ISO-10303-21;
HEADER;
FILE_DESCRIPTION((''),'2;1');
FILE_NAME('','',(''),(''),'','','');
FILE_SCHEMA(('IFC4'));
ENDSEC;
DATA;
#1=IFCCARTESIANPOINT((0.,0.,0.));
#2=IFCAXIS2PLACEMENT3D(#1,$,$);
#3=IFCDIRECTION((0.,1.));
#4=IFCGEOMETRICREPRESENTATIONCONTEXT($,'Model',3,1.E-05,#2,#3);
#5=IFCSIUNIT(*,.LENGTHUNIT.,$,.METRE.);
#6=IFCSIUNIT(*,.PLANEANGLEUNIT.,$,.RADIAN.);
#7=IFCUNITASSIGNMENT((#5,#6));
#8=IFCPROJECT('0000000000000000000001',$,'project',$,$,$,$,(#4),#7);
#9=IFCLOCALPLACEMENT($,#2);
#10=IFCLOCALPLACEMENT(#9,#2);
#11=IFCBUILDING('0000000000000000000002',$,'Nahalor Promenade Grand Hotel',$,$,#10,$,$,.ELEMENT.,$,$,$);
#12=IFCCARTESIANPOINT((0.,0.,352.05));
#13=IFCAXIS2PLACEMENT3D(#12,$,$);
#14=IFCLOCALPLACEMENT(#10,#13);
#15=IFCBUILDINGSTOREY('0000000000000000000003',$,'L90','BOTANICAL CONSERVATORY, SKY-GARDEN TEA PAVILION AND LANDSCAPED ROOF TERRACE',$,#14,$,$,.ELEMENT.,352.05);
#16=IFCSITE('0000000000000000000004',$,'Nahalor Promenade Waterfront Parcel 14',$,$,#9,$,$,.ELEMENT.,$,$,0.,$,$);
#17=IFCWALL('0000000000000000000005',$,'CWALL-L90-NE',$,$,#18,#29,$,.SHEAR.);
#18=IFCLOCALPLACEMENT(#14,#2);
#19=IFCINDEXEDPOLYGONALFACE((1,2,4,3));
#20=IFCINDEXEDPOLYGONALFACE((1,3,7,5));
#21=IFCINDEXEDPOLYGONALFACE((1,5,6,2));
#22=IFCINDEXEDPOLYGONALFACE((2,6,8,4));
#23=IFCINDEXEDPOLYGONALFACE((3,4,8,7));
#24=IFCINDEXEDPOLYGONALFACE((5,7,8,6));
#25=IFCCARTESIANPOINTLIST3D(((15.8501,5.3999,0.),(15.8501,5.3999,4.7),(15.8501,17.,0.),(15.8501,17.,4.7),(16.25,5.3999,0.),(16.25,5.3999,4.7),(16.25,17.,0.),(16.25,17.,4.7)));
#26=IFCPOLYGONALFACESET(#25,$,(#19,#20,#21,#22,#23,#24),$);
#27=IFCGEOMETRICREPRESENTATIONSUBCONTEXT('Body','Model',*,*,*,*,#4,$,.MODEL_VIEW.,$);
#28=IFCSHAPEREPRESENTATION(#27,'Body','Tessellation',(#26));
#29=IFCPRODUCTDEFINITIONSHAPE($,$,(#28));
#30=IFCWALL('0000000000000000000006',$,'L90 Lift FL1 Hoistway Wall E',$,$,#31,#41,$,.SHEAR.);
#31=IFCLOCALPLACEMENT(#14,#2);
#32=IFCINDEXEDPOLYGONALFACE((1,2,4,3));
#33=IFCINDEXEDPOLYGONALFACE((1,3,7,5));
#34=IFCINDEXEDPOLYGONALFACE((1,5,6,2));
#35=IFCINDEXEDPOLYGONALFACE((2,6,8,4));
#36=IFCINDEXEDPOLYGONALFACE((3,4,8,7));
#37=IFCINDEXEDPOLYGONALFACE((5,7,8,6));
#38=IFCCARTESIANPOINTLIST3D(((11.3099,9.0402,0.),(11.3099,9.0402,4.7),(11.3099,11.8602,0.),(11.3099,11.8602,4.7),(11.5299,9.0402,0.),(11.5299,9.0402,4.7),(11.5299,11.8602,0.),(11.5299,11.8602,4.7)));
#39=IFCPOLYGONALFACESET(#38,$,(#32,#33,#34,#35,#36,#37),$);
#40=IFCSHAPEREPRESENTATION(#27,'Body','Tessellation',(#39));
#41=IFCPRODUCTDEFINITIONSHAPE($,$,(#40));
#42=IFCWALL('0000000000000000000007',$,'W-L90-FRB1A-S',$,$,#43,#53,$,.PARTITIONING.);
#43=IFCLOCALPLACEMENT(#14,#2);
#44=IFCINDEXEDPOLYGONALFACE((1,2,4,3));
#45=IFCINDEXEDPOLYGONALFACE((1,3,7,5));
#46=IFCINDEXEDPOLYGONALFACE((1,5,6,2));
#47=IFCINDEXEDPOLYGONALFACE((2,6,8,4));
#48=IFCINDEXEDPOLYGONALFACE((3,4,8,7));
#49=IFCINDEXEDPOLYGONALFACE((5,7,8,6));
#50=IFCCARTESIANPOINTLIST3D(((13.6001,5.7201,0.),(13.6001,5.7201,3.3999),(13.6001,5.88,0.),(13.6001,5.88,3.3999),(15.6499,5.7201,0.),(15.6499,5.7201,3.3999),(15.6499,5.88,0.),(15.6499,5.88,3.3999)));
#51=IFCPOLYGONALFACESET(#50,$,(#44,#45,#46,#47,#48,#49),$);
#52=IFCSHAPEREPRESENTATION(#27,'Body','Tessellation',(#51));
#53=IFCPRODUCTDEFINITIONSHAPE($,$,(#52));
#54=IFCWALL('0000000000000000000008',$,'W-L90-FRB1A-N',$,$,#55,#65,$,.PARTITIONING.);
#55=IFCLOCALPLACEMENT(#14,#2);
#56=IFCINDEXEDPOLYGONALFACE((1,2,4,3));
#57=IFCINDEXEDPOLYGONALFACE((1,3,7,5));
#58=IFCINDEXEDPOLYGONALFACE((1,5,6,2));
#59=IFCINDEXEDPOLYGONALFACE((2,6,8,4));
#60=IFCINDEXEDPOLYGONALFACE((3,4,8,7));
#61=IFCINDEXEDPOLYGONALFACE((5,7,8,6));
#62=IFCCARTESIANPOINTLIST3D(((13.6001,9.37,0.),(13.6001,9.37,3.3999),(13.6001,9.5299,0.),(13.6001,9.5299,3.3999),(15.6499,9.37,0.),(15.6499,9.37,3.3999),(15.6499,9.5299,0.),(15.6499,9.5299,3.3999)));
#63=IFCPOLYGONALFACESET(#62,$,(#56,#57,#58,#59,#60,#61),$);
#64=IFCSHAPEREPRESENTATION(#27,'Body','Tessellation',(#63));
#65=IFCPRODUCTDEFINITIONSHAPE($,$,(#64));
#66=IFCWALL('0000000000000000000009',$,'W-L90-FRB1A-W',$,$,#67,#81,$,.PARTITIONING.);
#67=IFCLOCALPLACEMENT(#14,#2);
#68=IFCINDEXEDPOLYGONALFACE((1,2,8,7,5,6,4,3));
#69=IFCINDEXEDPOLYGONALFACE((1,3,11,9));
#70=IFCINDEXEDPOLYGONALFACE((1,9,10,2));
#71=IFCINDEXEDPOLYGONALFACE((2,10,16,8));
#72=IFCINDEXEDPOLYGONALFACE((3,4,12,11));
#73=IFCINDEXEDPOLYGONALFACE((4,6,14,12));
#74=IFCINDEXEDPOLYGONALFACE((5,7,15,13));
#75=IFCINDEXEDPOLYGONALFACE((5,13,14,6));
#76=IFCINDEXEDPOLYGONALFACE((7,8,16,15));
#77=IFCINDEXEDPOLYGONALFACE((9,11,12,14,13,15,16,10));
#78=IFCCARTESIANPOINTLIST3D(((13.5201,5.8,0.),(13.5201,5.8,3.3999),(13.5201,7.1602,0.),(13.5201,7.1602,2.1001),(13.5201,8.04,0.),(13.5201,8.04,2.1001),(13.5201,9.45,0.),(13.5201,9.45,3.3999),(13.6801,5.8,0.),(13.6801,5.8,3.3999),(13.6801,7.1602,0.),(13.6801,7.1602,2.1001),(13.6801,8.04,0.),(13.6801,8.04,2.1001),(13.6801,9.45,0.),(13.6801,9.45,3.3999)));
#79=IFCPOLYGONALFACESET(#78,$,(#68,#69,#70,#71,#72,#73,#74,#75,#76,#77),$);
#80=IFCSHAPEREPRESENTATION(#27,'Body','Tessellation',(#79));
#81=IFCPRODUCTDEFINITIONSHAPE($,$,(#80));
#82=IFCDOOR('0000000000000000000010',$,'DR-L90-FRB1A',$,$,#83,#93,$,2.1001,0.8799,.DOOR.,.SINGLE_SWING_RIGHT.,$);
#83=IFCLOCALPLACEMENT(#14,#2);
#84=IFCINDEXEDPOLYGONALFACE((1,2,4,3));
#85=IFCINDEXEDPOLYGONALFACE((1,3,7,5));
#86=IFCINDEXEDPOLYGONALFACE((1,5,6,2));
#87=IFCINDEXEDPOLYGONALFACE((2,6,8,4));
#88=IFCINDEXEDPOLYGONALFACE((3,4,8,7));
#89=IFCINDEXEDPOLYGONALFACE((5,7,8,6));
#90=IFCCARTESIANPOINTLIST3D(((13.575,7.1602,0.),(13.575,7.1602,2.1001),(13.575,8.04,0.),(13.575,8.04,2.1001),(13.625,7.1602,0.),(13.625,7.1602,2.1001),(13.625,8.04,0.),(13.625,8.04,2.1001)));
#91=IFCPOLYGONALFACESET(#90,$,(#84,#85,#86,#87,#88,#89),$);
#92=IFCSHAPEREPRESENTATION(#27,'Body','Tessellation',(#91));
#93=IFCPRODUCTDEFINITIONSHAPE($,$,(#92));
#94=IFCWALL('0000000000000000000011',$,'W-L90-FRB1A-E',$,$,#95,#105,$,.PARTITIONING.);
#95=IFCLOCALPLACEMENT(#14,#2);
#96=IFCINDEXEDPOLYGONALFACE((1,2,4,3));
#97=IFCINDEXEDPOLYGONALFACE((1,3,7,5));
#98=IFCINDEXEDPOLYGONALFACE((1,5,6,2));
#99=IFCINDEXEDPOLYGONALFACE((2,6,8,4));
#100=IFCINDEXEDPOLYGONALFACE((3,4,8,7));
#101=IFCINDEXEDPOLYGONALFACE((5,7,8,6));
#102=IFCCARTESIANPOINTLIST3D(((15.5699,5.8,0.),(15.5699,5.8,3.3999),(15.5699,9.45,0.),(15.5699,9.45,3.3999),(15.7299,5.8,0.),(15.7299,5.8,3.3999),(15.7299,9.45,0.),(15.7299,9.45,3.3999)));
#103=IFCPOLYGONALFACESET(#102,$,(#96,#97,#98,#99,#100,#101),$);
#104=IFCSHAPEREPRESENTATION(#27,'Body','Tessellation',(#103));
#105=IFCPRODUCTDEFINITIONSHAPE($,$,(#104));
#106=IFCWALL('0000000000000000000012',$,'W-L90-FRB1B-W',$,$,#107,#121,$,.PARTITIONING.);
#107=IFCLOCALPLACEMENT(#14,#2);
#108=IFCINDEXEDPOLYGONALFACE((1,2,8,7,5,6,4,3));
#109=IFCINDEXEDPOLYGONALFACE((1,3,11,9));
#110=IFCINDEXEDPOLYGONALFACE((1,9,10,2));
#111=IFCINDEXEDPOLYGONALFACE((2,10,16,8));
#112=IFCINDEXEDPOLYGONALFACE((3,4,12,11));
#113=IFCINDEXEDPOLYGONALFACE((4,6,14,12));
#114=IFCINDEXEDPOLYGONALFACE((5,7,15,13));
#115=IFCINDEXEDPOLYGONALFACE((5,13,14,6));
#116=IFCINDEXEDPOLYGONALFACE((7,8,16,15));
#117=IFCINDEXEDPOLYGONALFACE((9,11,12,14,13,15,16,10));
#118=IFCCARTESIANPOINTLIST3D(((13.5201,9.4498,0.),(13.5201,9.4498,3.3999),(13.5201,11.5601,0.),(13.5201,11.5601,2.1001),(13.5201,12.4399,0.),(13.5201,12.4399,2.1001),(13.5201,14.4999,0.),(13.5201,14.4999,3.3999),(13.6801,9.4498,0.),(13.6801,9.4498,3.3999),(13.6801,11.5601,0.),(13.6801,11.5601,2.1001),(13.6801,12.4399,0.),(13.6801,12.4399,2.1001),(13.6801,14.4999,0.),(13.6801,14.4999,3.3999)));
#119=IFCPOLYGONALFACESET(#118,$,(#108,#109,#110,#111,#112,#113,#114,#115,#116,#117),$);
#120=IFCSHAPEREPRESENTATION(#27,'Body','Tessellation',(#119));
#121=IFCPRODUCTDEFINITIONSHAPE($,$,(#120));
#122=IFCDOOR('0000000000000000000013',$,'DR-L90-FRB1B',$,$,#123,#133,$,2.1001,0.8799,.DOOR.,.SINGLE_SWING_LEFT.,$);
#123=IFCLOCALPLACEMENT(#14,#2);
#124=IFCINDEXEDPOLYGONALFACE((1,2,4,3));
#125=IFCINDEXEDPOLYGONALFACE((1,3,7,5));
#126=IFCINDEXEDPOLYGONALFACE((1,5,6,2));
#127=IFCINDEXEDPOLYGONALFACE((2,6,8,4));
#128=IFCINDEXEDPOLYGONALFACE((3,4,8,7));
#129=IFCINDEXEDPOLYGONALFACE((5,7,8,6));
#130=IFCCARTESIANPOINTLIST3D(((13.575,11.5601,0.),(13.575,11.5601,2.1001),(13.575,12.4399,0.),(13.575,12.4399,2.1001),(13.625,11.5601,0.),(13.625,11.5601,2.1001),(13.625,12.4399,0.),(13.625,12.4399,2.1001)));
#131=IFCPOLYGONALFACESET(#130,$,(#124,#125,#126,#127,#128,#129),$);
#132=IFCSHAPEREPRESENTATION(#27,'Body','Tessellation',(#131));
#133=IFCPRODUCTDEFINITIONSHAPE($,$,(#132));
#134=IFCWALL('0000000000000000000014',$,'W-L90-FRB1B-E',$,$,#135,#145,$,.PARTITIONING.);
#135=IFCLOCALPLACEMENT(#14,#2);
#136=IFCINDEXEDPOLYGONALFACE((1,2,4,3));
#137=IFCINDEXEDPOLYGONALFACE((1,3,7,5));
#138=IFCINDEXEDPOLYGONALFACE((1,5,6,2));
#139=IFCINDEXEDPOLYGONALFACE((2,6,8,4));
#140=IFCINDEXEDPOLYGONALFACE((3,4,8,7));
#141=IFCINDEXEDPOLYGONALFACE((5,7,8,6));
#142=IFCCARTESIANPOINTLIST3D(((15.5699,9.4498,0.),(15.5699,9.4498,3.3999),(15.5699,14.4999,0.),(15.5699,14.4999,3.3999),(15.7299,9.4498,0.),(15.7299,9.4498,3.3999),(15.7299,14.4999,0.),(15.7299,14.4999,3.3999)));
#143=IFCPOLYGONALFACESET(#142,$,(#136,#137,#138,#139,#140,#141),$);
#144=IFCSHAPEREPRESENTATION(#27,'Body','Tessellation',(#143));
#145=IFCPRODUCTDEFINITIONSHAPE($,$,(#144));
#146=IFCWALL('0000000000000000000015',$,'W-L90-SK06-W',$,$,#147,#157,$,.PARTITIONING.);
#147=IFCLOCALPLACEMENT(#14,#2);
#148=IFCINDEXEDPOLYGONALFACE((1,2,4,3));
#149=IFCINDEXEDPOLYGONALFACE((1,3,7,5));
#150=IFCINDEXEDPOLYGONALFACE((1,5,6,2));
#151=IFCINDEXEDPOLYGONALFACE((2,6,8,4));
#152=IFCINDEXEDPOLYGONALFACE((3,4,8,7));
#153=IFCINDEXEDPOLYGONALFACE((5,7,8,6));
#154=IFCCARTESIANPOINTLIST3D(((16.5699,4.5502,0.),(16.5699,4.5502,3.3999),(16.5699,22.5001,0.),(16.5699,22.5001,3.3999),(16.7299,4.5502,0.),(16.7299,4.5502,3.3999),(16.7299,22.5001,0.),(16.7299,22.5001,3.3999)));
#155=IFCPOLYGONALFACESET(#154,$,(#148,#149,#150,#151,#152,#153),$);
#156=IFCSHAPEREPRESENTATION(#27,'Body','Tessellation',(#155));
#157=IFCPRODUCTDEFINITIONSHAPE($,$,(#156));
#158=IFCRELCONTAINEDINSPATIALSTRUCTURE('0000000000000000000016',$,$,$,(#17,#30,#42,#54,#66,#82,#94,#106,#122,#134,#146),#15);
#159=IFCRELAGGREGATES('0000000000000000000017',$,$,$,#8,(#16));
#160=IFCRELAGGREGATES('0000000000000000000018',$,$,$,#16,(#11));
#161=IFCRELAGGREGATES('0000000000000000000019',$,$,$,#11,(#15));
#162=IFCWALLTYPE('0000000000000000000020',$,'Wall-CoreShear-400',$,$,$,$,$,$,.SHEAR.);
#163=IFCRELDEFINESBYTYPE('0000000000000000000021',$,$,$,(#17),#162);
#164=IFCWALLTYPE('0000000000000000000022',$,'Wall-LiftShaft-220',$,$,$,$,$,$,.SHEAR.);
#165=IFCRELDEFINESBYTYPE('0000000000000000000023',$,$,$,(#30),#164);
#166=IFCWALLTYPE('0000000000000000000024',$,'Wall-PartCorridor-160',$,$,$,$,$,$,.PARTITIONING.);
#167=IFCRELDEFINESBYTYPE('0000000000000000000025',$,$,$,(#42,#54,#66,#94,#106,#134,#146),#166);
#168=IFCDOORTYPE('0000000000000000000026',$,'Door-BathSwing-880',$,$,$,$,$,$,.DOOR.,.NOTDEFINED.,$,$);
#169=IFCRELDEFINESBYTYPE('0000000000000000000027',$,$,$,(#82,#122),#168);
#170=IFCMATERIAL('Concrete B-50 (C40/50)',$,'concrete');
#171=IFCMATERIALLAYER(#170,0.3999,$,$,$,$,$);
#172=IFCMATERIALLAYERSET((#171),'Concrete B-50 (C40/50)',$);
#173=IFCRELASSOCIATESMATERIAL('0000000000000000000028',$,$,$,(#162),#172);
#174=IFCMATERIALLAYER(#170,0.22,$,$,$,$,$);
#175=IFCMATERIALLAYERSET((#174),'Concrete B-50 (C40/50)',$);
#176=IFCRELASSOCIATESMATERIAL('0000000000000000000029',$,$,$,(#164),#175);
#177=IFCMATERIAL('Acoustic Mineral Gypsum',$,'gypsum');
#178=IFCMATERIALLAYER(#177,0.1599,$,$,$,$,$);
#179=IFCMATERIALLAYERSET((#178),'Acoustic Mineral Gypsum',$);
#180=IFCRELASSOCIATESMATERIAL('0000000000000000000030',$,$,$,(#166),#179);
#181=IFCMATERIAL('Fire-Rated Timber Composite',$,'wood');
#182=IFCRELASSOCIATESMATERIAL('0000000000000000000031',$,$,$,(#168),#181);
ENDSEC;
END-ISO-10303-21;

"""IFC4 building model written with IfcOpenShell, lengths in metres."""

from ifc_helpers import new_model, si_unit, direction, frame, frame_2d, origin, place, context, subcontext, project, spatial, rectangle, extrude, source, transform, mapped, material, layer, layer_set, type_object, element, fill, save


model = new_model("IFC4")

# Units and contexts
model_context = context("Model", 3, precision=1e-05, world=origin(), true_north=direction((0.0, 1.0)))
body_context = subcontext(model_context, "Body", "Model", "MODEL_VIEW")
ifc_project = project(units=[si_unit("LENGTHUNIT", "METRE"), si_unit("PLANEANGLEUNIT", "RADIAN")], contexts=[model_context])

# Site, building, storey
site_placement = place(None, origin())
site = spatial("IfcSite", under=ifc_project, at=site_placement, Name="Nahalor Promenade Waterfront Parcel 14", CompositionType="ELEMENT", RefElevation=0.0)
building_placement = place(site_placement, origin())
building = spatial("IfcBuilding", under=site, at=building_placement, Name="Nahalor Promenade Grand Hotel", CompositionType="ELEMENT")
storey_placement = place(building_placement, frame((0.0, 0.0, 352.05)))
storey = spatial("IfcBuildingStorey", under=building, at=storey_placement, Name="L90", Description="BOTANICAL CONSERVATORY, SKY-GARDEN TEA PAVILION AND LANDSCAPED ROOF TERRACE", CompositionType="ELEMENT", Elevation=352.05)

# Walls
ifc_material_1 = material(Name="Concrete B-50 (C40/50)", Category="concrete")
ifc_layer_1 = layer(ifc_material_1, 0.3999)
ifc_layer_set_1 = layer_set([ifc_layer_1], Name="Concrete B-50 (C40/50)")
wall_type_1 = type_object("IfcWallType", Name="Wall-CoreShear-400", PredefinedType="SHEAR", material=ifc_layer_set_1)
shared_shape_1 = source(origin(), body_context, "Body", "SweptSolid", [
    extrude(rectangle(XDim=11.6001, YDim=0.3999, at=frame_2d((5.8, 0.0))), origin(), (0.0, 0.0, 1.0), 4.7),
])
wall_1_placement = place(storey_placement, frame((16.05, 5.3999, 0.0), z_axis=(0.0, 0.0, 1.0), x_axis=(0.0, 1.0, 0.0)))
element("IfcWall", 1, at=wall_1_placement, inside=storey, type_object=wall_type_1, Name="CWALL-L90-NE", PredefinedType="SHEAR", context=body_context, shape_type="MappedRepresentation", body=[
    mapped(shared_shape_1, transform((0.0, 0.0, 0.0), scale=1.0)),
])
ifc_layer_2 = layer(ifc_material_1, 0.22)
ifc_layer_set_2 = layer_set([ifc_layer_2], Name="Concrete B-50 (C40/50)")
wall_type_2 = type_object("IfcWallType", Name="Wall-LiftShaft-220", PredefinedType="SHEAR", material=ifc_layer_set_2)
shared_shape_2 = source(origin(), body_context, "Body", "SweptSolid", [
    extrude(rectangle(XDim=2.8201, YDim=0.22, at=frame_2d((1.4102, 0.0))), origin(), (0.0, 0.0, 1.0), 4.7),
])
wall_2_placement = place(storey_placement, frame((11.4199, 9.04, 0.0), z_axis=(0.0, 0.0, 1.0), x_axis=(0.0, 1.0, 0.0)))
element("IfcWall", 2, at=wall_2_placement, inside=storey, type_object=wall_type_2, Name="L90 Lift FL1 Hoistway Wall E", PredefinedType="SHEAR", context=body_context, shape_type="MappedRepresentation", body=[
    mapped(shared_shape_2, transform((0.0, 0.0, 0.0), scale=1.0)),
])

# Walls
ifc_material_2 = material(Name="Acoustic Mineral Gypsum", Category="gypsum")
ifc_layer_3 = layer(ifc_material_2, 0.1599)
ifc_layer_set_3 = layer_set([ifc_layer_3], Name="Acoustic Mineral Gypsum")
wall_type_3 = type_object("IfcWallType", Name="Wall-PartCorridor-160", PredefinedType="PARTITIONING", material=ifc_layer_set_3)
shared_shape_3 = source(origin(), body_context, "Body", "SweptSolid", [
    extrude(rectangle(XDim=2.0498, YDim=0.1599, at=frame_2d((1.0249, 0.0))), origin(), (0.0, 0.0, 1.0), 3.3999),
])
for number, where, z_axis, x_axis, name in (
    (3, (13.6001, 5.8, 0.0), (0.0, 0.0, 1.0), (1.0, 0.0, 0.0), "W-L90-FRB1A-S"),
    (4, (13.6001, 9.45, 0.0), (0.0, 0.0, 1.0), (1.0, 0.0, 0.0), "W-L90-FRB1A-N"),
):
    element("IfcWall", number, at=place(storey_placement, frame(where, z_axis=z_axis, x_axis=x_axis)), inside=storey, type_object=wall_type_3, Name=name, PredefinedType="PARTITIONING", context=body_context, shape_type="MappedRepresentation", body=[
        mapped(shared_shape_3, transform((0.0, 0.0, 0.0), scale=1.0)),
    ])

# Wall, opening, door
shared_shape_4 = source(origin(), body_context, "Body", "SweptSolid", [
    extrude(rectangle(XDim=3.6499, YDim=0.1599, at=frame_2d((1.825, 0.0))), origin(), (0.0, 0.0, 1.0), 3.3999),
])
wall_3_placement = place(storey_placement, frame((13.6001, 5.8, 0.0), z_axis=(0.0, 0.0, 1.0), x_axis=(0.0, 1.0, 0.0)))
wall_3 = element("IfcWall", 5, at=wall_3_placement, inside=storey, type_object=wall_type_3, Name="W-L90-FRB1A-W", PredefinedType="PARTITIONING", context=body_context, shape_type="MappedRepresentation", body=[
    mapped(shared_shape_4, transform((0.0, 0.0, 0.0), scale=1.0)),
])
opening_1_placement = place(wall_3_placement, frame((1.3601, 0.0, 0.0)))
opening_1 = element("IfcOpeningElement", 6, at=opening_1_placement, cuts=wall_3, PredefinedType="OPENING", context=body_context, shape_type="SweptSolid", body=[
    extrude(rectangle(XDim=0.8799, YDim=2.1001, at=frame_2d((0.4399, 1.05))), frame((0.0, 0.0898, 0.0), z_axis=(0.0, -1.0, 0.0), x_axis=(1.0, 0.0, 0.0)), (0.0, 0.0, 1.0), 0.1799),
])
ifc_material_3 = material(Name="Fire-Rated Timber Composite", Category="wood")
door_type_1 = type_object("IfcDoorType", Name="Door-BathSwing-880", OperationType="NOTDEFINED", PredefinedType="DOOR", material=ifc_material_3)
shared_shape_5 = source(origin(), body_context, "Body", "SweptSolid", [
    extrude(rectangle(XDim=0.8799, YDim=2.1001, at=frame_2d((0.4399, 1.05))), frame((0.0, 0.0249, 0.0), z_axis=(0.0, -1.0, 0.0), x_axis=(1.0, 0.0, 0.0)), (0.0, 0.0, 1.0), 0.05),
])
door_1_placement = place(opening_1_placement, frame((0.8799, 0.0, 0.0), z_axis=(0.0, 0.0, 1.0), x_axis=(-1.0, 0.0, 0.0)))
door_1 = element("IfcDoor", 7, at=door_1_placement, inside=storey, type_object=door_type_1, Name="DR-L90-FRB1A", OperationType="SINGLE_SWING_RIGHT", OverallHeight=2.1001, OverallWidth=0.8799, PredefinedType="DOOR", context=body_context, shape_type="MappedRepresentation", body=[
    mapped(shared_shape_5, transform((0.0, 0.0, 0.0), scale=1.0)),
])
fill(opening_1, door_1)

# Wall
wall_4_placement = place(storey_placement, frame((15.6499, 5.8, 0.0), z_axis=(0.0, 0.0, 1.0), x_axis=(0.0, 1.0, 0.0)))
element("IfcWall", 8, at=wall_4_placement, inside=storey, type_object=wall_type_3, Name="W-L90-FRB1A-E", PredefinedType="PARTITIONING", context=body_context, shape_type="MappedRepresentation", body=[
    mapped(shared_shape_4, transform((0.0, 0.0, 0.0), scale=1.0)),
])

# Wall, opening, door
shared_shape_6 = source(origin(), body_context, "Body", "SweptSolid", [
    extrude(rectangle(XDim=5.05, YDim=0.1599, at=frame_2d((2.5249, 0.0))), origin(), (0.0, 0.0, 1.0), 3.3999),
])
wall_5_placement = place(storey_placement, frame((13.6001, 9.45, 0.0), z_axis=(0.0, 0.0, 1.0), x_axis=(0.0, 1.0, 0.0)))
wall_5 = element("IfcWall", 9, at=wall_5_placement, inside=storey, type_object=wall_type_3, Name="W-L90-FRB1B-W", PredefinedType="PARTITIONING", context=body_context, shape_type="MappedRepresentation", body=[
    mapped(shared_shape_6, transform((0.0, 0.0, 0.0), scale=1.0)),
])
opening_2_placement = place(wall_5_placement, frame((2.1101, 0.0, 0.0)))
opening_2 = element("IfcOpeningElement", 10, at=opening_2_placement, cuts=wall_5, PredefinedType="OPENING", context=body_context, shape_type="SweptSolid", body=[
    extrude(rectangle(XDim=0.8799, YDim=2.1001, at=frame_2d((0.4399, 1.05))), frame((0.0, 0.0898, 0.0), z_axis=(0.0, -1.0, 0.0), x_axis=(1.0, 0.0, 0.0)), (0.0, 0.0, 1.0), 0.1799),
])
door_2_placement = place(opening_2_placement, frame((0.8799, 0.0, 0.0), z_axis=(0.0, 0.0, 1.0), x_axis=(-1.0, 0.0, 0.0)))
door_2 = element("IfcDoor", 11, at=door_2_placement, inside=storey, type_object=door_type_1, Name="DR-L90-FRB1B", OperationType="SINGLE_SWING_LEFT", OverallHeight=2.1001, OverallWidth=0.8799, PredefinedType="DOOR", context=body_context, shape_type="MappedRepresentation", body=[
    mapped(shared_shape_5, transform((0.0, 0.0, 0.0), scale=1.0)),
])
fill(opening_2, door_2)

# Wall
wall_6_placement = place(storey_placement, frame((15.6499, 9.45, 0.0), z_axis=(0.0, 0.0, 1.0), x_axis=(0.0, 1.0, 0.0)))
element("IfcWall", 12, at=wall_6_placement, inside=storey, type_object=wall_type_3, Name="W-L90-FRB1B-E", PredefinedType="PARTITIONING", context=body_context, shape_type="MappedRepresentation", body=[
    mapped(shared_shape_6, transform((0.0, 0.0, 0.0), scale=1.0)),
])

# Wall
shared_shape_7 = source(origin(), body_context, "Body", "SweptSolid", [
    extrude(rectangle(XDim=17.95, YDim=0.1599, at=frame_2d((8.9751, 0.0))), origin(), (0.0, 0.0, 1.0), 3.3999),
])
wall_7_placement = place(storey_placement, frame((16.6499, 4.55, 0.0), z_axis=(0.0, 0.0, 1.0), x_axis=(0.0, 1.0, 0.0)))
element("IfcWall", 13, at=wall_7_placement, inside=storey, type_object=wall_type_3, Name="W-L90-SK06-W", PredefinedType="PARTITIONING", context=body_context, shape_type="MappedRepresentation", body=[
    mapped(shared_shape_7, transform((0.0, 0.0, 0.0), scale=1.0)),
])

save(model, "model.ifc")
